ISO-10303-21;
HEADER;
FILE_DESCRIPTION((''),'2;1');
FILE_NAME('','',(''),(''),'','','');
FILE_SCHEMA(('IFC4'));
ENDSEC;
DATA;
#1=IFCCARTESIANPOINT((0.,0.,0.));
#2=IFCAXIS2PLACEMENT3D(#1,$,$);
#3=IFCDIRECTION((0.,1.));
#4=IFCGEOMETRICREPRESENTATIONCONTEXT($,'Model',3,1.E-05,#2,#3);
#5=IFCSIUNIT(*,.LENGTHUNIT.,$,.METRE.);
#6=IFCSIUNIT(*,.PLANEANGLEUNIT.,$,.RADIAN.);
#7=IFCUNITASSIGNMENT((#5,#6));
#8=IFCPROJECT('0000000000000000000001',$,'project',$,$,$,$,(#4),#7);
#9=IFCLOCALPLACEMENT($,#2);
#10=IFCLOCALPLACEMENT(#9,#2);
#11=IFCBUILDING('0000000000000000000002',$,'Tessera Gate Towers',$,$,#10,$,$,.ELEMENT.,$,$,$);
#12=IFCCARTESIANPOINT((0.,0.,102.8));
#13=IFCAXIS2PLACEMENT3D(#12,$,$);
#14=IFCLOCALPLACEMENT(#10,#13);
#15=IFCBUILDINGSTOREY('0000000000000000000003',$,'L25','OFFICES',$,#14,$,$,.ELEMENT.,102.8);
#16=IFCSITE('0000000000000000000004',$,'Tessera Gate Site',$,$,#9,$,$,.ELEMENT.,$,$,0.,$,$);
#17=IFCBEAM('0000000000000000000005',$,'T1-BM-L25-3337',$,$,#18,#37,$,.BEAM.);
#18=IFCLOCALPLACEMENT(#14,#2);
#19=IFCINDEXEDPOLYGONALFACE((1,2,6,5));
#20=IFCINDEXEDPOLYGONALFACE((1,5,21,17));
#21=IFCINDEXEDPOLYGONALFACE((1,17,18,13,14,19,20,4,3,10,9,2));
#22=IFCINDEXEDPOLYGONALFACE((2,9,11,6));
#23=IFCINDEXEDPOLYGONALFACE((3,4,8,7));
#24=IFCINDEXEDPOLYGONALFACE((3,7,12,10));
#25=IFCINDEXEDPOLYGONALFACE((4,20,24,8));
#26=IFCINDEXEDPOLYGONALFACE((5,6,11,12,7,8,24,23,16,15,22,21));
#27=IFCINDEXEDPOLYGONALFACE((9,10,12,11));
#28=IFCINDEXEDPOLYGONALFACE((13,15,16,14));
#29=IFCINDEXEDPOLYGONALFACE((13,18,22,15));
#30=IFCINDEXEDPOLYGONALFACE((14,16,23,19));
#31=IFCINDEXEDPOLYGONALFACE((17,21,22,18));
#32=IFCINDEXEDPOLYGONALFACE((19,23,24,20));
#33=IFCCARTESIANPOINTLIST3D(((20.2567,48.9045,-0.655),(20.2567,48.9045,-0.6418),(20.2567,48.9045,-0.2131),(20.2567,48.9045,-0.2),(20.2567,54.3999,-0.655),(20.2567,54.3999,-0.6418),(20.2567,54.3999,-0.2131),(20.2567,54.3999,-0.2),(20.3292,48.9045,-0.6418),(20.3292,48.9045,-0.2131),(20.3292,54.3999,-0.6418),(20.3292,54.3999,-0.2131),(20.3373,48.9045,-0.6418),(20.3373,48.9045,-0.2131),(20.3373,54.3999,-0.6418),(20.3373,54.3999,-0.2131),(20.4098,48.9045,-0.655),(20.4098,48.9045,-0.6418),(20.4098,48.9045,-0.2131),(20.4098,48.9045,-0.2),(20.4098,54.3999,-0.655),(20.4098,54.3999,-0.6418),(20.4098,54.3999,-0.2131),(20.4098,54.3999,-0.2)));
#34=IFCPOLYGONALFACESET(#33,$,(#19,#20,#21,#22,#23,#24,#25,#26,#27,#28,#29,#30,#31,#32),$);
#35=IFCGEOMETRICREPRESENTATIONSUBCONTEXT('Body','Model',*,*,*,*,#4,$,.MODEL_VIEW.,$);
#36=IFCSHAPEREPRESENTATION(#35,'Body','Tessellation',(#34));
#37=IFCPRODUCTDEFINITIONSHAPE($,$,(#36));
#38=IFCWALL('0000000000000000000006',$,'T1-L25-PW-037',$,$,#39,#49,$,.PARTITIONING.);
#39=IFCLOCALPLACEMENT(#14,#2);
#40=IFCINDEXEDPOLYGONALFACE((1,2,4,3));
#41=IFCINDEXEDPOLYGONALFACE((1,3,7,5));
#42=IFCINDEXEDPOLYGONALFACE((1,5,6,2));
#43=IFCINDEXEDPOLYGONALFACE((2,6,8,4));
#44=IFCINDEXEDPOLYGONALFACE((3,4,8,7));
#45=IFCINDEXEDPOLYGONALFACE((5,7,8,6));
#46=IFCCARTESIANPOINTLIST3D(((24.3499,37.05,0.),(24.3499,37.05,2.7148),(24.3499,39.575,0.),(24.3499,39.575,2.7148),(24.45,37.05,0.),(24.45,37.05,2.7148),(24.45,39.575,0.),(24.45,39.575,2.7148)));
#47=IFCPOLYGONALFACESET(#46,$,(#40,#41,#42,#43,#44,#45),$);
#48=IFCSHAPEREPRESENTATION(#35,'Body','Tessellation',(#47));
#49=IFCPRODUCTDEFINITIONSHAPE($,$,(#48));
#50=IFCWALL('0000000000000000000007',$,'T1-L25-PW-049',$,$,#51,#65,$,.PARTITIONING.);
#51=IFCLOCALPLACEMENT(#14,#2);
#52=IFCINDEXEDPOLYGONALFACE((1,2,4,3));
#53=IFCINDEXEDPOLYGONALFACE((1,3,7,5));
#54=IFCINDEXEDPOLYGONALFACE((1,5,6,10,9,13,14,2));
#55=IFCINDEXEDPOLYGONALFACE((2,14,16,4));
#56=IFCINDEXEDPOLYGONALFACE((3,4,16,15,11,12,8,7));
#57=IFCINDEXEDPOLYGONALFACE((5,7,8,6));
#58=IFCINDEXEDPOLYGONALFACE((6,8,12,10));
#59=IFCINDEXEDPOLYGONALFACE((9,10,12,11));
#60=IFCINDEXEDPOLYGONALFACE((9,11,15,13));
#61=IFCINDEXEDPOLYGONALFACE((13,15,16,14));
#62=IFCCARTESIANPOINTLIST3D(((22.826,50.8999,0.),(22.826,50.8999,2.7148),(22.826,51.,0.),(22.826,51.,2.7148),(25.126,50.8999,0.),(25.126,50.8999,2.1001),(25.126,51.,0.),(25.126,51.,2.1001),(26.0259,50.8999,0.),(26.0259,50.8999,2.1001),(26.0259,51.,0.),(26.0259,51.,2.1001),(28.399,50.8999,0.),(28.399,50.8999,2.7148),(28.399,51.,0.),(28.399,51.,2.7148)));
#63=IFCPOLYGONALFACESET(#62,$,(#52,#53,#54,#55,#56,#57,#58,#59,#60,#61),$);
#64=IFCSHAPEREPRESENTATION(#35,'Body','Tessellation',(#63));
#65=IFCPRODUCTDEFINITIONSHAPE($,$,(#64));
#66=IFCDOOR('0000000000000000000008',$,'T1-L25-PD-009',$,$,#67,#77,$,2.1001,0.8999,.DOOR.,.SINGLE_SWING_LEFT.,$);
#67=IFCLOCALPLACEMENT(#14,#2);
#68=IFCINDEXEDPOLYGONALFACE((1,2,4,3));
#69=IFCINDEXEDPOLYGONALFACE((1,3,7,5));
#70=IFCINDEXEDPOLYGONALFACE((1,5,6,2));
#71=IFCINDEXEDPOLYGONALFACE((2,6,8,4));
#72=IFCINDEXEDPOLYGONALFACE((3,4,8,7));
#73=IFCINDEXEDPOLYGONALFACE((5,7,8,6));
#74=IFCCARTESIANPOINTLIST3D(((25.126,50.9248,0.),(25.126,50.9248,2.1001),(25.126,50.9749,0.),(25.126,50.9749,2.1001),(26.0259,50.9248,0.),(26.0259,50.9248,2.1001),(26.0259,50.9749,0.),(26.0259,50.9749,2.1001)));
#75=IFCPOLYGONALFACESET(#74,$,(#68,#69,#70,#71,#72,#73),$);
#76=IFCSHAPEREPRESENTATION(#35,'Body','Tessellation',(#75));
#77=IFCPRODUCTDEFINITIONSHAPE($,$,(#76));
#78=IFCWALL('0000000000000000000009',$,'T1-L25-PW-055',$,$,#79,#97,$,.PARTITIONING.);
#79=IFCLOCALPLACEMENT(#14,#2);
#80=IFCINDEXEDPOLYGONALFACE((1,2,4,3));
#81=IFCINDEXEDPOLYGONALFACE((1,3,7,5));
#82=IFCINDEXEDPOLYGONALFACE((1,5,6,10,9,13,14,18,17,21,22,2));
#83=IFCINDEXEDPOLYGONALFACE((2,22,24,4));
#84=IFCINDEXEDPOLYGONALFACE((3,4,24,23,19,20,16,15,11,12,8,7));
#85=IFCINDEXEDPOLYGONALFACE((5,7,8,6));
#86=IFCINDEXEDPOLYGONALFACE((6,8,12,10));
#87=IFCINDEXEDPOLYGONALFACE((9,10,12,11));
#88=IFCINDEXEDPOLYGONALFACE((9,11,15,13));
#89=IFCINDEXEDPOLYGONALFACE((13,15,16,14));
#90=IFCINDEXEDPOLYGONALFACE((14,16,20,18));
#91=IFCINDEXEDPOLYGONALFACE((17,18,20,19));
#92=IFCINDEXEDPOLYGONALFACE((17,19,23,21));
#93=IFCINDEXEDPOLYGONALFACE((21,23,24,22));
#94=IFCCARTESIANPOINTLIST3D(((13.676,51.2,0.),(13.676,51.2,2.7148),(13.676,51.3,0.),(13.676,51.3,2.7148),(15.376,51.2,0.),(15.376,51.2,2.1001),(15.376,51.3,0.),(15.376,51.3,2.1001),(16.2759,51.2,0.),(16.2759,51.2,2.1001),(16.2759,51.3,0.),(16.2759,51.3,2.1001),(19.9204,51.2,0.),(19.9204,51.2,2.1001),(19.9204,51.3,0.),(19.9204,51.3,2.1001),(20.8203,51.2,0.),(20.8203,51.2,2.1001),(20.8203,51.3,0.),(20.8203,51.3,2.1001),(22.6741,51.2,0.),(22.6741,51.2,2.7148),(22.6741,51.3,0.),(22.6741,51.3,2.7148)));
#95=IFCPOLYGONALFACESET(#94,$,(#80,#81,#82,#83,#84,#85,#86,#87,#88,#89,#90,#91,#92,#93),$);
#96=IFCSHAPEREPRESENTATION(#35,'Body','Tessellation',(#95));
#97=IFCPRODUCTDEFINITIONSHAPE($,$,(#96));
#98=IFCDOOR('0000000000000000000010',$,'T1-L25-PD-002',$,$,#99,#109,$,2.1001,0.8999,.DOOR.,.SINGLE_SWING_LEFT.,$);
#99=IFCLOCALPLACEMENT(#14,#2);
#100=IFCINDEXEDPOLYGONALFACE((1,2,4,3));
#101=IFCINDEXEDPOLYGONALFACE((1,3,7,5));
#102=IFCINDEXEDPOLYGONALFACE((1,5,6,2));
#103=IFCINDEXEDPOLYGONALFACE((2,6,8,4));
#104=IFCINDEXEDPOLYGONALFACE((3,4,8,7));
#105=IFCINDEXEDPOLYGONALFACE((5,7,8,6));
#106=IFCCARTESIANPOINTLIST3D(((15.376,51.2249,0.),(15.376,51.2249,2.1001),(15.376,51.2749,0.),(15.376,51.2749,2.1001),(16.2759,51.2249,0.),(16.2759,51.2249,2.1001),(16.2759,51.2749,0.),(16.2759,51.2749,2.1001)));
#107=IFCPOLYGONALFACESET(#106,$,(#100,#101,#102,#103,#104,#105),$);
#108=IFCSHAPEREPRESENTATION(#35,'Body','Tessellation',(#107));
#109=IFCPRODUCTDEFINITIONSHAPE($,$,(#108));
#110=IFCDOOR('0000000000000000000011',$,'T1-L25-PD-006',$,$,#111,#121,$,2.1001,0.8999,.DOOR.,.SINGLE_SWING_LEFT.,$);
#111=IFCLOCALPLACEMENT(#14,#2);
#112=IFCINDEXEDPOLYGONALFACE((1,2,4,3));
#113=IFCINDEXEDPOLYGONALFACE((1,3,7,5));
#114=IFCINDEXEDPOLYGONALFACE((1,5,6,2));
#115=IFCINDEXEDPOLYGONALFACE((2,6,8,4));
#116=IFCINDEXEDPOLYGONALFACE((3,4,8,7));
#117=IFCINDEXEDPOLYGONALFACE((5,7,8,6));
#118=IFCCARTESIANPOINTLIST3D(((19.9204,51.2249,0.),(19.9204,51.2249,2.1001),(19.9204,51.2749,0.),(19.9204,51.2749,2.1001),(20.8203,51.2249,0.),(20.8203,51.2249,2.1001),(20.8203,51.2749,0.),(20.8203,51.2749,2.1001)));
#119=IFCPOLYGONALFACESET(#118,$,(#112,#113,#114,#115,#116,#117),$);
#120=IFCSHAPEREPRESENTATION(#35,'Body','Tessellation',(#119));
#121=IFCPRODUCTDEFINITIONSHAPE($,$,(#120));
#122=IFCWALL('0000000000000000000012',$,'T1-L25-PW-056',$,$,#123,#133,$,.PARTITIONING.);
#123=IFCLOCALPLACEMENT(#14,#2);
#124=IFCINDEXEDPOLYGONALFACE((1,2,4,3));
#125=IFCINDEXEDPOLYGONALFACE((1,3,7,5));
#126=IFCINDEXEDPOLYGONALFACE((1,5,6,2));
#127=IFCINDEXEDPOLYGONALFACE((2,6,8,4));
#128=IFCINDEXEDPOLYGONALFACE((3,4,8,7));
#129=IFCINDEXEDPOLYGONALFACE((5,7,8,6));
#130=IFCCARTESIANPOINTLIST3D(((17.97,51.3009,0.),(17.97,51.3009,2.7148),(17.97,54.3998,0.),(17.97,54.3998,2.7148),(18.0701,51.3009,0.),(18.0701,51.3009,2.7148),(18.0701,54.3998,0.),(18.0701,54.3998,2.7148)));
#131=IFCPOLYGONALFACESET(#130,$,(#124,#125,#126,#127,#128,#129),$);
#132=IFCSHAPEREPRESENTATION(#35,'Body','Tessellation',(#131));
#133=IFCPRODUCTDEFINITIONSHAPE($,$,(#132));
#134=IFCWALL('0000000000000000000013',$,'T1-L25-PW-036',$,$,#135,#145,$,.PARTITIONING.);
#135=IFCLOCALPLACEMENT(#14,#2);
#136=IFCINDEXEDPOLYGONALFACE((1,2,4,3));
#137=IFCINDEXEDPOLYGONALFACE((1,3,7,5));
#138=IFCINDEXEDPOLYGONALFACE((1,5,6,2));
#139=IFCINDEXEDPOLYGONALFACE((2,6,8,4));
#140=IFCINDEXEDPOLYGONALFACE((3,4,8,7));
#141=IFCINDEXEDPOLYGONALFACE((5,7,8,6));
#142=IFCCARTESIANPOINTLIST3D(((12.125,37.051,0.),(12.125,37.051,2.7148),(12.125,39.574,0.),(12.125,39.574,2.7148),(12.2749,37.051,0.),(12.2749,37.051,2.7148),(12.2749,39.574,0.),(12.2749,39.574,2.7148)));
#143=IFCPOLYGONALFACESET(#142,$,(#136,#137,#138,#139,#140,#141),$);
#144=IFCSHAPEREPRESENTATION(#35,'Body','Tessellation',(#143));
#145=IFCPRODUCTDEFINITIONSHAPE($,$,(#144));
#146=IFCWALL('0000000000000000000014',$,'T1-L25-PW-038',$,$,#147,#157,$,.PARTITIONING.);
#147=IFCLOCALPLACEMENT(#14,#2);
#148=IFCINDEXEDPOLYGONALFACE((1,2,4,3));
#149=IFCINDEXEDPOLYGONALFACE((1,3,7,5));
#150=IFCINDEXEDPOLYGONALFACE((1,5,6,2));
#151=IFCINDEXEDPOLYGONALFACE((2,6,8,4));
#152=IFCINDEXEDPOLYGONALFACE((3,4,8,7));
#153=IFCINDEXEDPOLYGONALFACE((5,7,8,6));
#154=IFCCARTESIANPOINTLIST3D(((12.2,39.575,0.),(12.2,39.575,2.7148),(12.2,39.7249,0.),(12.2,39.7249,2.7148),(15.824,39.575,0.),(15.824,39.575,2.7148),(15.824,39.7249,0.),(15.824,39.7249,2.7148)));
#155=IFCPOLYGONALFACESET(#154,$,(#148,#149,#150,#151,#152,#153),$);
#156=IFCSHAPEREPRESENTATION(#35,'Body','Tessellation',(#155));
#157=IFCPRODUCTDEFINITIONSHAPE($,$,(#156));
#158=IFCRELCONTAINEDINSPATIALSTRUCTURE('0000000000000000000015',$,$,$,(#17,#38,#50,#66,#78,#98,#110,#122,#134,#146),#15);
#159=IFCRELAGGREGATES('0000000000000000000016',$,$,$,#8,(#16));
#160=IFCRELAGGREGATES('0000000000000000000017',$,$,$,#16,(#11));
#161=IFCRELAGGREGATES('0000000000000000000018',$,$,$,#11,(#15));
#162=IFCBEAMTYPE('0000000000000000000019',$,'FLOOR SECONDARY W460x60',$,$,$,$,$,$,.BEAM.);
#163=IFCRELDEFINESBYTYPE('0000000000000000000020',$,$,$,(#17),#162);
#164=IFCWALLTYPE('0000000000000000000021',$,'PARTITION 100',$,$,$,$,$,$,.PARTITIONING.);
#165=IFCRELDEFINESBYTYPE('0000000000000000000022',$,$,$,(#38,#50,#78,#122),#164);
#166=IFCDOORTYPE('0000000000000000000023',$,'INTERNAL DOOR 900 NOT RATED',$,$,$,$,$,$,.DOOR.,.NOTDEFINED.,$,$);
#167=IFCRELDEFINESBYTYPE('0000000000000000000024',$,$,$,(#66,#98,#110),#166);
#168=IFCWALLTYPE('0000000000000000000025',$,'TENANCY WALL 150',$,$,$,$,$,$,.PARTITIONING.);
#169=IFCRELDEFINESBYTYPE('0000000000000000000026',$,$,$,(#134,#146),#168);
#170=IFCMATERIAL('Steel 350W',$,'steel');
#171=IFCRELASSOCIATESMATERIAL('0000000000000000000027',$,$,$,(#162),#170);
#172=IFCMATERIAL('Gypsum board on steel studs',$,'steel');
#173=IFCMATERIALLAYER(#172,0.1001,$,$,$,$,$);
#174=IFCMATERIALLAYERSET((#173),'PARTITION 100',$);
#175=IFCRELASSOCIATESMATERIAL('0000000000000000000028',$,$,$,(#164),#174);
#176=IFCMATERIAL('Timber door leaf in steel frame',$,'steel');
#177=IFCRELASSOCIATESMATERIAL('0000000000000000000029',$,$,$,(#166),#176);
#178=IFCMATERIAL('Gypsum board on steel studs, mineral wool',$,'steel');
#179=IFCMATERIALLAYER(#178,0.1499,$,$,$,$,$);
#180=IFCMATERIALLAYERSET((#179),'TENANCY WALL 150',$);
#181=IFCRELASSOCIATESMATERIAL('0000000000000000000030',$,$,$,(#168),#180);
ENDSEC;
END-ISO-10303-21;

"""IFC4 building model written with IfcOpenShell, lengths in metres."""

from ifc_helpers import new_model, si_unit, direction, frame, frame_2d, origin, origin_2d, place, context, subcontext, project, spatial, rectangle, i_section, extrude, source, transform, mapped, material, layer, layer_set, material_profile, profile_set, type_object, element, fill, save


model = new_model("IFC4")

# Units and contexts
model_context = context("Model", 3, precision=1e-05, world=origin(), true_north=direction((0.0, 1.0)))
body_context = subcontext(model_context, "Body", "Model", "MODEL_VIEW")
ifc_project = project(units=[si_unit("LENGTHUNIT", "METRE"), si_unit("PLANEANGLEUNIT", "RADIAN")], contexts=[model_context])

# Site, building, storey
site_placement = place(None, origin())
site = spatial("IfcSite", under=ifc_project, at=site_placement, Name="Tessera Gate Site", CompositionType="ELEMENT", RefElevation=0.0)
building_placement = place(site_placement, origin())
building = spatial("IfcBuilding", under=site, at=building_placement, Name="Tessera Gate Towers", CompositionType="ELEMENT")
storey_placement = place(building_placement, frame((0.0, 0.0, 102.8)))
storey = spatial("IfcBuildingStorey", under=building, at=storey_placement, Name="L25", Description="OFFICES", CompositionType="ELEMENT", Elevation=102.8)

# Beam
ifc_material_1 = material(Name="Steel 350W", Category="steel")
ifc_material_profile_1 = material_profile(ifc_material_1, i_section(OverallWidth=0.1531, OverallDepth=0.4551, WebThickness=0.0081, FlangeThickness=0.0132, at=origin_2d()), Name="W460x60")
ifc_profile_set_1 = profile_set([ifc_material_profile_1], Name="Steel 350W")
beam_type_1 = type_object("IfcBeamType", Name="FLOOR SECONDARY W460x60", PredefinedType="BEAM", material=ifc_profile_set_1)
beam_1_placement = place(storey_placement, frame((20.3333, 48.9045, -0.4275), z_axis=(0.0, 1.0, 0.0), x_axis=(-1.0, 0.0, 0.0)))
element("IfcBeam", 1, at=beam_1_placement, inside=storey, type_object=beam_type_1, Name="T1-BM-L25-3337", PredefinedType="BEAM", context=body_context, shape_type="SweptSolid", body=[
    extrude(i_section(OverallWidth=0.1531, OverallDepth=0.4551, WebThickness=0.0081, FlangeThickness=0.0132, at=origin_2d()), origin(), (0.0, 0.0, 1.0), 5.4954),
])

# Wall
ifc_material_2 = material(Name="Gypsum board on steel studs", Category="steel")
ifc_layer_1 = layer(ifc_material_2, 0.1001)
ifc_layer_set_1 = layer_set([ifc_layer_1], Name="PARTITION 100")
wall_type_1 = type_object("IfcWallType", Name="PARTITION 100", PredefinedType="PARTITIONING", material=ifc_layer_set_1)
wall_1_placement = place(storey_placement, frame((24.3999, 37.05, 0.0), z_axis=(0.0, 0.0, 1.0), x_axis=(0.0, 1.0, 0.0)))
element("IfcWall", 2, at=wall_1_placement, inside=storey, type_object=wall_type_1, Name="T1-L25-PW-037", PredefinedType="PARTITIONING", context=body_context, shape_type="SweptSolid", body=[
    extrude(rectangle(XDim=2.5249, YDim=0.1001, at=frame_2d((1.2625, 0.0))), origin(), (0.0, 0.0, 1.0), 2.7148),
])

# Wall, opening, door
wall_2_placement = place(storey_placement, frame((22.8259, 50.95, 0.0), z_axis=(0.0, 0.0, 1.0), x_axis=(1.0, 0.0, 0.0)))
wall_2 = element("IfcWall", 3, at=wall_2_placement, inside=storey, type_object=wall_type_1, Name="T1-L25-PW-049", PredefinedType="PARTITIONING", context=body_context, shape_type="SweptSolid", body=[
    extrude(rectangle(XDim=5.573, YDim=0.1001, at=frame_2d((2.7866, 0.0))), origin(), (0.0, 0.0, 1.0), 2.7148),
])
shared_shape_1 = source(origin(), body_context, "Body", "SweptSolid", [
    extrude(rectangle(XDim=0.8999, YDim=2.1001, at=frame_2d((0.45, 1.05))), frame((0.0, 0.0601, 0.0), z_axis=(0.0, -1.0, 0.0), x_axis=(1.0, 0.0, 0.0)), (0.0, 0.0, 1.0), 0.1201),
])
opening_1_placement = place(wall_2_placement, frame((2.3, 0.0, 0.0)))
opening_1 = element("IfcOpeningElement", 4, at=opening_1_placement, cuts=wall_2, PredefinedType="OPENING", context=body_context, shape_type="MappedRepresentation", body=[
    mapped(shared_shape_1, transform((0.0, 0.0, 0.0), scale=1.0)),
])
ifc_material_3 = material(Name="Timber door leaf in steel frame", Category="steel")
door_type = type_object("IfcDoorType", Name="INTERNAL DOOR 900 NOT RATED", OperationType="NOTDEFINED", PredefinedType="DOOR", material=ifc_material_3)
shared_shape_2 = source(origin(), body_context, "Body", "SweptSolid", [
    extrude(rectangle(XDim=0.8999, YDim=2.1001, at=frame_2d((0.45, 1.05))), frame((0.0, 0.0249, 0.0), z_axis=(0.0, -1.0, 0.0), x_axis=(1.0, 0.0, 0.0)), (0.0, 0.0, 1.0), 0.05),
])
door_1_placement = place(opening_1_placement, origin())
door_1 = element("IfcDoor", 5, at=door_1_placement, inside=storey, type_object=door_type, Name="T1-L25-PD-009", OperationType="SINGLE_SWING_LEFT", OverallHeight=2.1001, OverallWidth=0.8999, PredefinedType="DOOR", context=body_context, shape_type="MappedRepresentation", body=[
    mapped(shared_shape_2, transform((0.0, 0.0, 0.0), scale=1.0)),
])
fill(opening_1, door_1)

# Wall, openings, doors
wall_3_placement = place(storey_placement, frame((13.676, 51.25, 0.0), z_axis=(0.0, 0.0, 1.0), x_axis=(1.0, 0.0, 0.0)))
wall_3 = element("IfcWall", 6, at=wall_3_placement, inside=storey, type_object=wall_type_1, Name="T1-L25-PW-055", PredefinedType="PARTITIONING", context=body_context, shape_type="SweptSolid", body=[
    extrude(rectangle(XDim=8.998, YDim=0.1001, at=frame_2d((4.499, 0.0))), origin(), (0.0, 0.0, 1.0), 2.7148),
])
opening_2_placement = place(wall_3_placement, frame((1.7, 0.0, 0.0)))
opening_2 = element("IfcOpeningElement", 7, at=opening_2_placement, cuts=wall_3, PredefinedType="OPENING", context=body_context, shape_type="MappedRepresentation", body=[
    mapped(shared_shape_1, transform((0.0, 0.0, 0.0), scale=1.0)),
])
opening_3_placement = place(wall_3_placement, frame((6.2444, 0.0, 0.0)))
opening_3 = element("IfcOpeningElement", 8, at=opening_3_placement, cuts=wall_3, PredefinedType="OPENING", context=body_context, shape_type="MappedRepresentation", body=[
    mapped(shared_shape_1, transform((0.0, 0.0, 0.0), scale=1.0)),
])
door_2_placement = place(opening_2_placement, origin())
door_2 = element("IfcDoor", 9, at=door_2_placement, inside=storey, type_object=door_type, Name="T1-L25-PD-002", OperationType="SINGLE_SWING_LEFT", OverallHeight=2.1001, OverallWidth=0.8999, PredefinedType="DOOR", context=body_context, shape_type="MappedRepresentation", body=[
    mapped(shared_shape_2, transform((0.0, 0.0, 0.0), scale=1.0)),
])
fill(opening_2, door_2)
door_3_placement = place(opening_3_placement, origin())
door_3 = element("IfcDoor", 10, at=door_3_placement, inside=storey, type_object=door_type, Name="T1-L25-PD-006", OperationType="SINGLE_SWING_LEFT", OverallHeight=2.1001, OverallWidth=0.8999, PredefinedType="DOOR", context=body_context, shape_type="MappedRepresentation", body=[
    mapped(shared_shape_2, transform((0.0, 0.0, 0.0), scale=1.0)),
])
fill(opening_3, door_3)

# Walls
wall_4_placement = place(storey_placement, frame((18.02, 51.301, 0.0), z_axis=(0.0, 0.0, 1.0), x_axis=(0.0, 1.0, 0.0)))
element("IfcWall", 11, at=wall_4_placement, inside=storey, type_object=wall_type_1, Name="T1-L25-PW-056", PredefinedType="PARTITIONING", context=body_context, shape_type="SweptSolid", body=[
    extrude(rectangle(XDim=3.0989, YDim=0.1001, at=frame_2d((1.5493, 0.0))), origin(), (0.0, 0.0, 1.0), 2.7148),
])
ifc_material_4 = material(Name="Gypsum board on steel studs, mineral wool", Category="steel")
ifc_layer_2 = layer(ifc_material_4, 0.1499)
ifc_layer_set_2 = layer_set([ifc_layer_2], Name="TENANCY WALL 150")
wall_type_2 = type_object("IfcWallType", Name="TENANCY WALL 150", PredefinedType="PARTITIONING", material=ifc_layer_set_2)
wall_5_placement = place(storey_placement, frame((12.2, 37.051, 0.0), z_axis=(0.0, 0.0, 1.0), x_axis=(0.0, 1.0, 0.0)))
element("IfcWall", 12, at=wall_5_placement, inside=storey, type_object=wall_type_2, Name="T1-L25-PW-036", PredefinedType="PARTITIONING", context=body_context, shape_type="SweptSolid", body=[
    extrude(rectangle(XDim=2.5229, YDim=0.1499, at=frame_2d((1.2615, 0.0))), origin(), (0.0, 0.0, 1.0), 2.7148),
])
wall_6_placement = place(storey_placement, frame((12.2, 39.6499, 0.0), z_axis=(0.0, 0.0, 1.0), x_axis=(1.0, 0.0, 0.0)))
element("IfcWall", 13, at=wall_6_placement, inside=storey, type_object=wall_type_2, Name="T1-L25-PW-038", PredefinedType="PARTITIONING", context=body_context, shape_type="SweptSolid", body=[
    extrude(rectangle(XDim=3.624, YDim=0.1499, at=frame_2d((1.812, 0.0))), origin(), (0.0, 0.0, 1.0), 2.7148),
])

save(model, "model.ifc")
